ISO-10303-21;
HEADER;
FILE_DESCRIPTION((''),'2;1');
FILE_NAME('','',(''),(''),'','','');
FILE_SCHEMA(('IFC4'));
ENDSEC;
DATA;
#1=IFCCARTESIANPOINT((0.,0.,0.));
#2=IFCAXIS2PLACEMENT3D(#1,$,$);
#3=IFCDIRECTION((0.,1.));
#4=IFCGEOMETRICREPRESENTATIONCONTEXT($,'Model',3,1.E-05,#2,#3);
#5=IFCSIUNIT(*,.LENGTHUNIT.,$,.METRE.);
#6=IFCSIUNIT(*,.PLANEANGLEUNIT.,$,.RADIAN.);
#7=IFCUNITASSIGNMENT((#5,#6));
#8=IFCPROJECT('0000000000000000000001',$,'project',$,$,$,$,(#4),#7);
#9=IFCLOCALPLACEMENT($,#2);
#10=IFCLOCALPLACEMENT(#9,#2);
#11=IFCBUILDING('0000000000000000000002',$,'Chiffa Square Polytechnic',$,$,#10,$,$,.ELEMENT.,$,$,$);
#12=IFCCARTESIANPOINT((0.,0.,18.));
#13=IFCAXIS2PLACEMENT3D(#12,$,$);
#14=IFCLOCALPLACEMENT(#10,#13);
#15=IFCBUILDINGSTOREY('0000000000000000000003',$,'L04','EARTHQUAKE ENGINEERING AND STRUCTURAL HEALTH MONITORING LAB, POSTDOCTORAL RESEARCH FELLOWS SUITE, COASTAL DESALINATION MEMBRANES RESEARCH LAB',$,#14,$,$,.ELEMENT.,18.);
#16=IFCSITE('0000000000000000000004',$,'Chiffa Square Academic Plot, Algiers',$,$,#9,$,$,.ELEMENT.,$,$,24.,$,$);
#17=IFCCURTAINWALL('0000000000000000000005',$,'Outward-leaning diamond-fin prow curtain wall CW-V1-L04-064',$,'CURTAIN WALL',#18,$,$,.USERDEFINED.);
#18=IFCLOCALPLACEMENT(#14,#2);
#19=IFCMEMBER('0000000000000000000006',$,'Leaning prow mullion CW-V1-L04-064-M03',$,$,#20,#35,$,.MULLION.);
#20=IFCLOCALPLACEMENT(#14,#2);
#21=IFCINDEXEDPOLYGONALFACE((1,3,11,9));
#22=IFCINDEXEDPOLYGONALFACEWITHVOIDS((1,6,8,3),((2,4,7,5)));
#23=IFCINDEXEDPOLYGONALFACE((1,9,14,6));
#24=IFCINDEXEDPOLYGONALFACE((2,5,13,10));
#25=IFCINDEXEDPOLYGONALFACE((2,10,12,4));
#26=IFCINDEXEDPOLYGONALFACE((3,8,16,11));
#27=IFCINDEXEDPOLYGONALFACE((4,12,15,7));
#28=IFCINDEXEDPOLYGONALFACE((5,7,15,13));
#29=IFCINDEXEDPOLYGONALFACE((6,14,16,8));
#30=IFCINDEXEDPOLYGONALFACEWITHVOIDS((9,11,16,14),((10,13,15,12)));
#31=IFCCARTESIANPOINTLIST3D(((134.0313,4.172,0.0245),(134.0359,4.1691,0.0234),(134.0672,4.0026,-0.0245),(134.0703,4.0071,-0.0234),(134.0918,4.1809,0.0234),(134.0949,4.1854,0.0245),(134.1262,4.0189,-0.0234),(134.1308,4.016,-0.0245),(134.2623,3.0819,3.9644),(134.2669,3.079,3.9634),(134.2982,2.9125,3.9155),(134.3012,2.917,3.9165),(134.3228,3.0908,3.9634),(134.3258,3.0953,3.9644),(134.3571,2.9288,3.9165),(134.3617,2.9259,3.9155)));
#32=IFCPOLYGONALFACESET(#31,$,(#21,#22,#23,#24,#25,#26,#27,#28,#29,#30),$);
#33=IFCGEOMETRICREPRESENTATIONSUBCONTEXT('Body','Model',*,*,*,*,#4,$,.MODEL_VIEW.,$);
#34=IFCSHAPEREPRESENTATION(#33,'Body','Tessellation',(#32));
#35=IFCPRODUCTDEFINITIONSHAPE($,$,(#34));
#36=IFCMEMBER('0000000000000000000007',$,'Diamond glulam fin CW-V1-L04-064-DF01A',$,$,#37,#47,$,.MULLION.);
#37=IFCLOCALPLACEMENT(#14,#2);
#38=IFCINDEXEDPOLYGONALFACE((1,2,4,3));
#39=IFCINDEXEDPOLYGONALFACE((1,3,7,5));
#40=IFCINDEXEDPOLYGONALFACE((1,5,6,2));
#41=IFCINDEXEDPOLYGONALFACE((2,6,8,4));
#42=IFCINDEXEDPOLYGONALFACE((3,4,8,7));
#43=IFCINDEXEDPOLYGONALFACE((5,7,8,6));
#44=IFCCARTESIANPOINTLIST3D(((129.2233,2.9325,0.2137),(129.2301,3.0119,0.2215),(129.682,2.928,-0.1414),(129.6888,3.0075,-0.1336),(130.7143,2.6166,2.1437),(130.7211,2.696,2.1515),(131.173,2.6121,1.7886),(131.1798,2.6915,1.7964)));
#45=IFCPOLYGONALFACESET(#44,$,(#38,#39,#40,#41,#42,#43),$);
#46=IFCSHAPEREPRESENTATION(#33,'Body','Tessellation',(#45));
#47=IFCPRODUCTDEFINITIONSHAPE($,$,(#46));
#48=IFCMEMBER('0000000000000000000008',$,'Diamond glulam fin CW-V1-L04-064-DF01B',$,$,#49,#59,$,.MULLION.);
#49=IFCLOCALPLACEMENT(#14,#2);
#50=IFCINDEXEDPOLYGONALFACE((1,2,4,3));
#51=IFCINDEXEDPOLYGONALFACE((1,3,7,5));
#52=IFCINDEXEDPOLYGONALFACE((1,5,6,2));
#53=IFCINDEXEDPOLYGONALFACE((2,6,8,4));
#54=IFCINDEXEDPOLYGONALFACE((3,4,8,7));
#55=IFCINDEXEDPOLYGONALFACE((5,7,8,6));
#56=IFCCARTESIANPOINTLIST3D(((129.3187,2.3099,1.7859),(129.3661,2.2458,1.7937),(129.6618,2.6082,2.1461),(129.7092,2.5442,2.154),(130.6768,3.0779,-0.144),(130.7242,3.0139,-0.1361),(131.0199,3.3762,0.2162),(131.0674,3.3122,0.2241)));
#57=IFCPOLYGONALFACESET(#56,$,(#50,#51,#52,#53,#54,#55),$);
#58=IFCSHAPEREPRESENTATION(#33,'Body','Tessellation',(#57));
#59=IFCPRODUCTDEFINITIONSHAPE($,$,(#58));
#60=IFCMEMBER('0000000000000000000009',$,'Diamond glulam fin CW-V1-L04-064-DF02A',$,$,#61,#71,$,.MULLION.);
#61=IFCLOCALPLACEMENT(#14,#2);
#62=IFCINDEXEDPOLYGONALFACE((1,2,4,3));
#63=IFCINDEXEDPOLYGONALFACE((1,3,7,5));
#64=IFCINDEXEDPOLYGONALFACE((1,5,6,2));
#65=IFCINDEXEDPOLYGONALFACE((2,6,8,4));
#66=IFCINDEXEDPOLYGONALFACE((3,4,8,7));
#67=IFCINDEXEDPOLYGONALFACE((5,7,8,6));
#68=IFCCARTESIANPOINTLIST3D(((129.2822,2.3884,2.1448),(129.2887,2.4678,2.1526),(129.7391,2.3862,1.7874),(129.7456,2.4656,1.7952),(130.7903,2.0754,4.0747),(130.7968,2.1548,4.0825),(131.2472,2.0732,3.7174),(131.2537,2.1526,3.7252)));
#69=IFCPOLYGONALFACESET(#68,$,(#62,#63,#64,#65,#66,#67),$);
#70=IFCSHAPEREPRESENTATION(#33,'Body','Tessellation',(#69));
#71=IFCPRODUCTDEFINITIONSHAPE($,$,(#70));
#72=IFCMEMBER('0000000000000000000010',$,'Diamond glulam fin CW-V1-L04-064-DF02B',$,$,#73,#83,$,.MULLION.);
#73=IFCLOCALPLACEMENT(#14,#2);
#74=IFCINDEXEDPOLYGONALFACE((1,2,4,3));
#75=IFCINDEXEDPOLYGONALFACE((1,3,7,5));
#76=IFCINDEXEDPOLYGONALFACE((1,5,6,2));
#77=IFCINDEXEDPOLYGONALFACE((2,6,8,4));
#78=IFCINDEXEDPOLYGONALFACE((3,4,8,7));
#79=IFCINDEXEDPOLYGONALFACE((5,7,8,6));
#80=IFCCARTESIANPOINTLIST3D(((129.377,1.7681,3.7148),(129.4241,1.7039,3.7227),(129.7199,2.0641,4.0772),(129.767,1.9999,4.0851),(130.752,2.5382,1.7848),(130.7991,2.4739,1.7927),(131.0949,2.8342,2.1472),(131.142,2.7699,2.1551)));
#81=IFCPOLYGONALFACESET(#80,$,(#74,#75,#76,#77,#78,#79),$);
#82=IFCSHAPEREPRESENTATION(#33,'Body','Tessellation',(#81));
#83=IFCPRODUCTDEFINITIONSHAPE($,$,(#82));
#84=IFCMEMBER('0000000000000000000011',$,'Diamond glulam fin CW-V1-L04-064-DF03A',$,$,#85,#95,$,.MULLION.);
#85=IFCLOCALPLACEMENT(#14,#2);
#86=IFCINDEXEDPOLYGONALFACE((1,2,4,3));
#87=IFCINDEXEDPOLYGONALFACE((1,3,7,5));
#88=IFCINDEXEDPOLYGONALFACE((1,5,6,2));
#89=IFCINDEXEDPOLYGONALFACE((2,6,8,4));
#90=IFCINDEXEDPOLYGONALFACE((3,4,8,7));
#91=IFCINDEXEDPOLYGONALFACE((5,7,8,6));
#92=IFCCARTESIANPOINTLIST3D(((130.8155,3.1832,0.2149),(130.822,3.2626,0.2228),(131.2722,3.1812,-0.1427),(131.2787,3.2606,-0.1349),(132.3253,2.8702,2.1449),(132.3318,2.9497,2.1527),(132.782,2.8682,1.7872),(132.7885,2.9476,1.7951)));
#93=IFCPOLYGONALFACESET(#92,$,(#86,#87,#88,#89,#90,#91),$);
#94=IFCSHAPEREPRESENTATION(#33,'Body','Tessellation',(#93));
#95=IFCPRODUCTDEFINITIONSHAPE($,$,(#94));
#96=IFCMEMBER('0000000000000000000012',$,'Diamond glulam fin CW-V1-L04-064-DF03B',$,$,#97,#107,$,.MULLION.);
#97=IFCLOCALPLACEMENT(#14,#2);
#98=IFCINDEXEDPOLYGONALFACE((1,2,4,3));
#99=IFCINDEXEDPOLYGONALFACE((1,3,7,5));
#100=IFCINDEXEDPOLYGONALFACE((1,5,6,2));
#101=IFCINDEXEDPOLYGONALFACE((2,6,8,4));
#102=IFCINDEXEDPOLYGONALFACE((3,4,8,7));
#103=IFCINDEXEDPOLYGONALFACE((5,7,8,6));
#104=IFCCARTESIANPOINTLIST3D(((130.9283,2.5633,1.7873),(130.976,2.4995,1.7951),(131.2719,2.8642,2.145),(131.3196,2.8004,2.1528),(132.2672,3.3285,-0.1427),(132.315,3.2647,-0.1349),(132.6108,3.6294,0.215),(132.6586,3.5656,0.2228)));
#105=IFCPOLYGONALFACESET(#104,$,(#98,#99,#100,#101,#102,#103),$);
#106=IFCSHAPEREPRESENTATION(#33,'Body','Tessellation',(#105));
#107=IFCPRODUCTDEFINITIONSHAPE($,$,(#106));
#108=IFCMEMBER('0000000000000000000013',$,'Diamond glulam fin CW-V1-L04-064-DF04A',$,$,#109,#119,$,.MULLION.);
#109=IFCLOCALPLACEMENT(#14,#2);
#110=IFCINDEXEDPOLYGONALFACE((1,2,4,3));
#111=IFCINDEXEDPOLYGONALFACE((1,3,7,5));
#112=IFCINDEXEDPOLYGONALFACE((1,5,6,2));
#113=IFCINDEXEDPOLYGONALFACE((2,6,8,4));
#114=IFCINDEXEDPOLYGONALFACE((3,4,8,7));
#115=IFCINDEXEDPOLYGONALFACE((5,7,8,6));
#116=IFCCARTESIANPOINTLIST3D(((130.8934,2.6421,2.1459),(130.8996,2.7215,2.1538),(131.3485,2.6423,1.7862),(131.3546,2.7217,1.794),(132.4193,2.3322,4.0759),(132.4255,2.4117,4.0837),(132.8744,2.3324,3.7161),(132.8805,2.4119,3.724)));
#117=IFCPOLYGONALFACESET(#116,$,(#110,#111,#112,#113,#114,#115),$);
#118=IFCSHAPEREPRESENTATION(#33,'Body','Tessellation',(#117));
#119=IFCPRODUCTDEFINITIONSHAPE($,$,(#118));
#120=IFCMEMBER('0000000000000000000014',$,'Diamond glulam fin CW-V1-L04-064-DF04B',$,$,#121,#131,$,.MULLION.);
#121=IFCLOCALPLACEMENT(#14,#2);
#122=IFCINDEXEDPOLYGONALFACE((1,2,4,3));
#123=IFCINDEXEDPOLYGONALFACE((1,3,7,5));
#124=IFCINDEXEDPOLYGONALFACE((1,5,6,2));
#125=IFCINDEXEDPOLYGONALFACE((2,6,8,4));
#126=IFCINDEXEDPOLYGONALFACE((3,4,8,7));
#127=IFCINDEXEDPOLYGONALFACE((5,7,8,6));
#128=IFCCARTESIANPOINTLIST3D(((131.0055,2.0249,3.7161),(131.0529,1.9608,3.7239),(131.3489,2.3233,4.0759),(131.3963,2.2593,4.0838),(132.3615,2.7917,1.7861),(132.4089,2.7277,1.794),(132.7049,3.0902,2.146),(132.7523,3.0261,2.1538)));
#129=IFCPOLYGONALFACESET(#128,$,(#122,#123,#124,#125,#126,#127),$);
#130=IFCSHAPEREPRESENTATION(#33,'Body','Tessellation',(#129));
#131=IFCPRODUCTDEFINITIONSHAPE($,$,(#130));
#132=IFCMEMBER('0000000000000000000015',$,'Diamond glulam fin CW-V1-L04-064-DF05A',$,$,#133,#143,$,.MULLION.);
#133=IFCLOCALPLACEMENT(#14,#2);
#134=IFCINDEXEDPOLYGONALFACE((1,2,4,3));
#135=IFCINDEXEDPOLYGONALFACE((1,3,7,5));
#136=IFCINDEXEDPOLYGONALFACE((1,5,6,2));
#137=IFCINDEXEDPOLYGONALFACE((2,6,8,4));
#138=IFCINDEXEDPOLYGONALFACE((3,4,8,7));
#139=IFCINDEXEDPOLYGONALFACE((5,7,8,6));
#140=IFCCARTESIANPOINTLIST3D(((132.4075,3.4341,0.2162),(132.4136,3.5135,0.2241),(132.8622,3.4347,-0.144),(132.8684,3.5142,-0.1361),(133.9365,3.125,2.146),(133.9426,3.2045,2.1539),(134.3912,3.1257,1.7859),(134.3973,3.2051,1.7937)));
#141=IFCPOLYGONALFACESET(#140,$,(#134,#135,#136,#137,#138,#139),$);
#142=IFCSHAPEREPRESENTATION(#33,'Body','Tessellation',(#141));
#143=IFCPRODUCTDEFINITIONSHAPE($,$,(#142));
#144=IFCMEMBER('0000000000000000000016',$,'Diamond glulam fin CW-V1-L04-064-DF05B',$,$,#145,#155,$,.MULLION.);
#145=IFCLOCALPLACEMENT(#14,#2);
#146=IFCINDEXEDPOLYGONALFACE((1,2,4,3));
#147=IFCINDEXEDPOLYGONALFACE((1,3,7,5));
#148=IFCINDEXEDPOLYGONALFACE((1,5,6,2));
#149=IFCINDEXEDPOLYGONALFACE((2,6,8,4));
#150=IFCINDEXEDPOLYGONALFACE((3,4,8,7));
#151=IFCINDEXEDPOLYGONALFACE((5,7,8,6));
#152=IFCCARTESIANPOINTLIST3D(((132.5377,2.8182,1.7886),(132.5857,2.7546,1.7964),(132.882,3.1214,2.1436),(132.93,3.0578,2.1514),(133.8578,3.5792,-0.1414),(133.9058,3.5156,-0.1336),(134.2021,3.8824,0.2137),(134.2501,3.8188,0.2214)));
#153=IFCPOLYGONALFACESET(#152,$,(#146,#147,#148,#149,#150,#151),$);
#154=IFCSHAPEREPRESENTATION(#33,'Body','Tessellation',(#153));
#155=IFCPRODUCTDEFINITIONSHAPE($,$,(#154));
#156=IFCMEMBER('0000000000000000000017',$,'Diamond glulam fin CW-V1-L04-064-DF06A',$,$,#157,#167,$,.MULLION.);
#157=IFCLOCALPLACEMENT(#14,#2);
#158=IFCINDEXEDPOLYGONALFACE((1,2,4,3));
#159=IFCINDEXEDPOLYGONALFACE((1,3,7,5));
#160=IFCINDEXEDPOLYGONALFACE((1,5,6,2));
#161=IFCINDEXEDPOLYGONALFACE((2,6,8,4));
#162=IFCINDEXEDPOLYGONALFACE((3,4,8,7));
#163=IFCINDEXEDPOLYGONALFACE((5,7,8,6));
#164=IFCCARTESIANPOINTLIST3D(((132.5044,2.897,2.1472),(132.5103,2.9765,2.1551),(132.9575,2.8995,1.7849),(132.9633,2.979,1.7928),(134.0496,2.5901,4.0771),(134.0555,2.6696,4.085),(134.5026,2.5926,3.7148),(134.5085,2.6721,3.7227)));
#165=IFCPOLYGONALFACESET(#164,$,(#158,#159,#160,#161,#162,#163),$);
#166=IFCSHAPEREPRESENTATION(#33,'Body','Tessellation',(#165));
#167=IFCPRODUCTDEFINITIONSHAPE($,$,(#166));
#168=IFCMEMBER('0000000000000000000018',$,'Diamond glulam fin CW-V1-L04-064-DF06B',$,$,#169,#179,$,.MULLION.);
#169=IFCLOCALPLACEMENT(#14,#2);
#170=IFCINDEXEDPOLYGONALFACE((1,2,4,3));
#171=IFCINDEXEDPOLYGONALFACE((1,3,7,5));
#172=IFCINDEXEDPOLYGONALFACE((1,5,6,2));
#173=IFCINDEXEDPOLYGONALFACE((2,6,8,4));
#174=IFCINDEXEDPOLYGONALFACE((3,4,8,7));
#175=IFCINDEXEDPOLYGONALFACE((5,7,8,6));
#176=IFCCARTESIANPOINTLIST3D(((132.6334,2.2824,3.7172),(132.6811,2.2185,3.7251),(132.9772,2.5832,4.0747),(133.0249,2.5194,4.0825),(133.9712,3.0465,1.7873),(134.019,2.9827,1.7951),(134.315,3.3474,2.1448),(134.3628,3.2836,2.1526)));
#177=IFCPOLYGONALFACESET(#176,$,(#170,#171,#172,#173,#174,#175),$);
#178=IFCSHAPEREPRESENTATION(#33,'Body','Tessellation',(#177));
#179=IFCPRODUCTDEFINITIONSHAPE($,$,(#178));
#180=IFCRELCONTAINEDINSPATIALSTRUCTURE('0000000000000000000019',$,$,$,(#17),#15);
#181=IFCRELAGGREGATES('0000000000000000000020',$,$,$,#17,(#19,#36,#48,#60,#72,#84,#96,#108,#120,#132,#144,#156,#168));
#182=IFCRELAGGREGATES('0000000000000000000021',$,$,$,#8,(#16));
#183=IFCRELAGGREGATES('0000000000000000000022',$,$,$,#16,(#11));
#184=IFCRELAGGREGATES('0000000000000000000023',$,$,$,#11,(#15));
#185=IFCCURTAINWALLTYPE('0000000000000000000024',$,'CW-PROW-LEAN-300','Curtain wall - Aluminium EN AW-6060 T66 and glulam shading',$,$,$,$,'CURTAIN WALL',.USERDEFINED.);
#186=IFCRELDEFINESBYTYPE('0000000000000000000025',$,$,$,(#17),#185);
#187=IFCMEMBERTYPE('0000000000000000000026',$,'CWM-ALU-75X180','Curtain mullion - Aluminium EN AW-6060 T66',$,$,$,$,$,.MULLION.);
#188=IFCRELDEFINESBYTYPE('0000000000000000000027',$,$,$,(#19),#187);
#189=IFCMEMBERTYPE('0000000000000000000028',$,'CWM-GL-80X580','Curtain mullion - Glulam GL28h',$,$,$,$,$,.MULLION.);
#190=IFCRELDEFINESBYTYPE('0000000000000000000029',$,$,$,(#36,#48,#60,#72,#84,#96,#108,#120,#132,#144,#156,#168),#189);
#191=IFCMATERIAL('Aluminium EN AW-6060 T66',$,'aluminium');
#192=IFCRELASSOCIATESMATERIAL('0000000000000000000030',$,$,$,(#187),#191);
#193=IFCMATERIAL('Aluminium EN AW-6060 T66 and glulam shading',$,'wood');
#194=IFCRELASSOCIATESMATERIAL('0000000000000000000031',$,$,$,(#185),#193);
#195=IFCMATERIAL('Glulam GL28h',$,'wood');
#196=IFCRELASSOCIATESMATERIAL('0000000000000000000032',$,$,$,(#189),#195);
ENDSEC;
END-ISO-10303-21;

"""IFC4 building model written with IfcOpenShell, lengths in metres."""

from ifc_helpers import new_model, si_unit, direction, frame, origin, origin_2d, place, context, subcontext, project, spatial, rectangle, hollow_rectangle, extrude, material, material_profile, profile_set, type_object, element, aggregate, save


model = new_model("IFC4")

# Units and contexts
model_context = context("Model", 3, precision=1e-05, world=origin(), true_north=direction((0.0, 1.0)))
body_context = subcontext(model_context, "Body", "Model", "MODEL_VIEW")
ifc_project = project(units=[si_unit("LENGTHUNIT", "METRE"), si_unit("PLANEANGLEUNIT", "RADIAN")], contexts=[model_context])

# Site, building, storey
site_placement = place(None, origin())
site = spatial("IfcSite", under=ifc_project, at=site_placement, Name="Chiffa Square Academic Plot, Algiers", CompositionType="ELEMENT", RefElevation=24.0)
building_placement = place(site_placement, origin())
building = spatial("IfcBuilding", under=site, at=building_placement, Name="Chiffa Square Polytechnic", CompositionType="ELEMENT")
storey_placement = place(building_placement, frame((0.0, 0.0, 18.0)))
storey = spatial("IfcBuildingStorey", under=building, at=storey_placement, Name="L04", Description="EARTHQUAKE ENGINEERING AND STRUCTURAL HEALTH MONITORING LAB, POSTDOCTORAL RESEARCH FELLOWS SUITE, COASTAL DESALINATION MEMBRANES RESEARCH LAB", CompositionType="ELEMENT", Elevation=18.0)

# Shared definitions
ifc_material_1 = material(Name="Aluminium EN AW-6060 T66 and glulam shading", Category="wood")
ifc_material_2 = material(Name="Aluminium EN AW-6060 T66", Category="aluminium")
ifc_material_profile_1 = material_profile(ifc_material_2, hollow_rectangle(XDim=0.0649, YDim=0.1799, WallThickness=0.0039, at=origin_2d()), Name="ALU 65x180x4")
ifc_profile_set_1 = profile_set([ifc_material_profile_1], Name="Aluminium EN AW-6060 T66")
member_type_1 = type_object("IfcMemberType", Name="CWM-ALU-75X180", Description="Curtain mullion - Aluminium EN AW-6060 T66", PredefinedType="MULLION", material=ifc_profile_set_1)

# Curtain wall, members
curtain_wall_type_1 = type_object("IfcCurtainWallType", Name="CW-PROW-LEAN-300", Description="Curtain wall - Aluminium EN AW-6060 T66 and glulam shading", ElementType="CURTAIN WALL", PredefinedType="USERDEFINED", material=ifc_material_1)
curtain_wall_1_placement = place(storey_placement, origin())
curtain_wall_1 = element("IfcCurtainWall", 1, at=curtain_wall_1_placement, inside=storey, type_object=curtain_wall_type_1, Name="Outward-leaning diamond-fin prow curtain wall CW-V1-L04-064", ObjectType="CURTAIN WALL", PredefinedType="USERDEFINED")
member_1_placement = place(storey_placement, frame((134.0811, 4.094, 0.0), z_axis=(0.056407, -0.266234, 0.962257), x_axis=(0.978284, 0.207269, 0.0)))
member_1 = element("IfcMember", 2, at=member_1_placement, type_object=member_type_1, Name="Leaning prow mullion CW-V1-L04-064-M03", PredefinedType="MULLION", context=body_context, shape_type="SweptSolid", body=[
    extrude(hollow_rectangle(XDim=0.0649, YDim=0.1799, WallThickness=0.0039, at=origin_2d()), origin(), (0.0, 0.0, 1.0), 4.0945),
])
ifc_material_3 = material(Name="Glulam GL28h", Category="wood")
ifc_material_profile_2 = material_profile(ifc_material_3, rectangle(XDim=0.0801, YDim=0.5801, at=origin_2d()), Name="GL28h 80x580")
ifc_profile_set_2 = profile_set([ifc_material_profile_2], Name="Glulam GL28h")
member_type_2 = type_object("IfcMemberType", Name="CWM-GL-80X580", Description="Curtain mullion - Glulam GL28h", PredefinedType="MULLION", material=ifc_profile_set_2)
member_2_placement = place(storey_placement, frame((129.4561, 2.97, 0.04), z_axis=(0.606293, -0.128466, 0.784796), x_axis=(0.084631, 0.991684, 0.096951)))
member_2 = element("IfcMember", 3, at=member_2_placement, type_object=member_type_2, Name="Diamond glulam fin CW-V1-L04-064-DF01A", PredefinedType="MULLION", context=body_context, shape_type="SweptSolid", body=[
    extrude(rectangle(XDim=0.0801, YDim=0.5801, at=origin_2d()), origin(), (0.0, 0.0, 1.0), 2.4592),
])
member_3_placement = place(storey_placement, frame((130.8721, 3.1951, 0.04), z_axis=(-0.547254, -0.309484, 0.777646), x_axis=(0.592088, -0.799849, 0.098351)))
member_3 = element("IfcMember", 4, at=member_3_placement, type_object=member_type_2, Name="Diamond glulam fin CW-V1-L04-064-DF01B", PredefinedType="MULLION", context=body_context, shape_type="SweptSolid", body=[
    extrude(rectangle(XDim=0.0801, YDim=0.5801, at=origin_2d()), origin(), (0.0, 0.0, 1.0), 2.4817),
])
member_4_placement = place(storey_placement, frame((129.5139, 2.427, 1.97), z_axis=(0.610753, -0.126758, 0.781609), x_axis=(0.080992, 0.991927, 0.097579)))
member_4 = element("IfcMember", 5, at=member_4_placement, type_object=member_type_2, Name="Diamond glulam fin CW-V1-L04-064-DF02A", PredefinedType="MULLION", context=body_context, shape_type="SweptSolid", body=[
    extrude(rectangle(XDim=0.0801, YDim=0.5801, at=origin_2d()), origin(), (0.0, 0.0, 1.0), 2.4692),
])
member_5_placement = place(storey_placement, frame((130.947, 2.6541, 1.97), z_axis=(-0.551849, -0.309043, 0.774568), x_axis=(0.588317, -0.802554, 0.098943)))
member_5 = element("IfcMember", 6, at=member_5_placement, type_object=member_type_2, Name="Diamond glulam fin CW-V1-L04-064-DF02B", PredefinedType="MULLION", context=body_context, shape_type="SweptSolid", body=[
    extrude(rectangle(XDim=0.0801, YDim=0.5801, at=origin_2d()), origin(), (0.0, 0.0, 1.0), 2.4917),
])
member_6_placement = place(storey_placement, frame((131.0471, 3.2219, 0.04), z_axis=(0.611187, -0.126705, 0.781279), x_axis=(0.080819, 0.991934, 0.097644)))
member_6 = element("IfcMember", 7, at=member_6_placement, type_object=member_type_2, Name="Diamond glulam fin CW-V1-L04-064-DF03A", PredefinedType="MULLION", context=body_context, shape_type="SweptSolid", body=[
    extrude(rectangle(XDim=0.0801, YDim=0.5801, at=origin_2d()), origin(), (0.0, 0.0, 1.0), 2.4702),
])
member_7_placement = place(storey_placement, frame((132.4629, 3.447, 0.04), z_axis=(-0.541974, -0.309728, 0.781238), x_axis=(0.596172, -0.796896, 0.097652)))
member_7 = element("IfcMember", 8, at=member_7_placement, type_object=member_type_2, Name="Diamond glulam fin CW-V1-L04-064-DF03B", PredefinedType="MULLION", context=body_context, shape_type="SweptSolid", body=[
    extrude(rectangle(XDim=0.0801, YDim=0.5801, at=origin_2d()), origin(), (0.0, 0.0, 1.0), 2.4705),
])
member_8_placement = place(storey_placement, frame((131.124, 2.6819, 1.97), z_axis=(0.615347, -0.12494, 0.778291), x_axis=(0.077213, 0.992164, 0.098226)))
member_8 = element("IfcMember", 9, at=member_8_placement, type_object=member_type_2, Name="Diamond glulam fin CW-V1-L04-064-DF04A", PredefinedType="MULLION", context=body_context, shape_type="SweptSolid", body=[
    extrude(rectangle(XDim=0.0801, YDim=0.5801, at=origin_2d()), origin(), (0.0, 0.0, 1.0), 2.4797),
])
member_9_placement = place(storey_placement, frame((132.5569, 2.9089, 1.97), z_axis=(-0.546717, -0.309189, 0.778141), x_axis=(0.592166, -0.799804, 0.098255)))
member_9 = element("IfcMember", 10, at=member_9_placement, type_object=member_type_2, Name="Diamond glulam fin CW-V1-L04-064-DF04B", PredefinedType="MULLION", context=body_context, shape_type="SweptSolid", body=[
    extrude(rectangle(XDim=0.0801, YDim=0.5801, at=origin_2d()), origin(), (0.0, 0.0, 1.0), 2.4802),
])
member_10_placement = place(storey_placement, frame((132.6379, 3.4741, 0.04), z_axis=(0.616164, -0.124551, 0.777707), x_axis=(0.076445, 0.992213, 0.098339)))
member_10 = element("IfcMember", 11, at=member_10_placement, type_object=member_type_2, Name="Diamond glulam fin CW-V1-L04-064-DF05A", PredefinedType="MULLION", context=body_context, shape_type="SweptSolid", body=[
    extrude(rectangle(XDim=0.0801, YDim=0.5801, at=origin_2d()), origin(), (0.0, 0.0, 1.0), 2.4814),
])
member_11_placement = place(storey_placement, frame((134.054, 3.699, 0.04), z_axis=(-0.536848, -0.309479, 0.784868), x_axis=(0.599654, -0.794367, 0.096937)))
member_11 = element("IfcMember", 12, at=member_11_placement, type_object=member_type_2, Name="Diamond glulam fin CW-V1-L04-064-DF05B", PredefinedType="MULLION", context=body_context, shape_type="SweptSolid", body=[
    extrude(rectangle(XDim=0.0801, YDim=0.5801, at=origin_2d()), origin(), (0.0, 0.0, 1.0), 2.459),
])
member_12_placement = place(storey_placement, frame((132.7339, 2.938, 1.97), z_axis=(0.620236, -0.123185, 0.774682), x_axis=(0.073541, 0.992374, 0.098921)))
member_12 = element("IfcMember", 13, at=member_12_placement, type_object=member_type_2, Name="Diamond glulam fin CW-V1-L04-064-DF06A", PredefinedType="MULLION", context=body_context, shape_type="SweptSolid", body=[
    extrude(rectangle(XDim=0.0801, YDim=0.5801, at=origin_2d()), origin(), (0.0, 0.0, 1.0), 2.4912),
])
member_13_placement = place(storey_placement, frame((134.167, 3.165, 1.97), z_axis=(-0.541761, -0.309437, 0.781501), x_axis=(0.59602, -0.797016, 0.0976)))
member_13 = element("IfcMember", 14, at=member_13_placement, type_object=member_type_2, Name="Diamond glulam fin CW-V1-L04-064-DF06B", PredefinedType="MULLION", context=body_context, shape_type="SweptSolid", body=[
    extrude(rectangle(XDim=0.0801, YDim=0.5801, at=origin_2d()), origin(), (0.0, 0.0, 1.0), 2.4695),
])

aggregate(curtain_wall_1, [member_1, member_2, member_3, member_4, member_5, member_6, member_7, member_8, member_9, member_10, member_11, member_12, member_13])

save(model, "model.ifc")
